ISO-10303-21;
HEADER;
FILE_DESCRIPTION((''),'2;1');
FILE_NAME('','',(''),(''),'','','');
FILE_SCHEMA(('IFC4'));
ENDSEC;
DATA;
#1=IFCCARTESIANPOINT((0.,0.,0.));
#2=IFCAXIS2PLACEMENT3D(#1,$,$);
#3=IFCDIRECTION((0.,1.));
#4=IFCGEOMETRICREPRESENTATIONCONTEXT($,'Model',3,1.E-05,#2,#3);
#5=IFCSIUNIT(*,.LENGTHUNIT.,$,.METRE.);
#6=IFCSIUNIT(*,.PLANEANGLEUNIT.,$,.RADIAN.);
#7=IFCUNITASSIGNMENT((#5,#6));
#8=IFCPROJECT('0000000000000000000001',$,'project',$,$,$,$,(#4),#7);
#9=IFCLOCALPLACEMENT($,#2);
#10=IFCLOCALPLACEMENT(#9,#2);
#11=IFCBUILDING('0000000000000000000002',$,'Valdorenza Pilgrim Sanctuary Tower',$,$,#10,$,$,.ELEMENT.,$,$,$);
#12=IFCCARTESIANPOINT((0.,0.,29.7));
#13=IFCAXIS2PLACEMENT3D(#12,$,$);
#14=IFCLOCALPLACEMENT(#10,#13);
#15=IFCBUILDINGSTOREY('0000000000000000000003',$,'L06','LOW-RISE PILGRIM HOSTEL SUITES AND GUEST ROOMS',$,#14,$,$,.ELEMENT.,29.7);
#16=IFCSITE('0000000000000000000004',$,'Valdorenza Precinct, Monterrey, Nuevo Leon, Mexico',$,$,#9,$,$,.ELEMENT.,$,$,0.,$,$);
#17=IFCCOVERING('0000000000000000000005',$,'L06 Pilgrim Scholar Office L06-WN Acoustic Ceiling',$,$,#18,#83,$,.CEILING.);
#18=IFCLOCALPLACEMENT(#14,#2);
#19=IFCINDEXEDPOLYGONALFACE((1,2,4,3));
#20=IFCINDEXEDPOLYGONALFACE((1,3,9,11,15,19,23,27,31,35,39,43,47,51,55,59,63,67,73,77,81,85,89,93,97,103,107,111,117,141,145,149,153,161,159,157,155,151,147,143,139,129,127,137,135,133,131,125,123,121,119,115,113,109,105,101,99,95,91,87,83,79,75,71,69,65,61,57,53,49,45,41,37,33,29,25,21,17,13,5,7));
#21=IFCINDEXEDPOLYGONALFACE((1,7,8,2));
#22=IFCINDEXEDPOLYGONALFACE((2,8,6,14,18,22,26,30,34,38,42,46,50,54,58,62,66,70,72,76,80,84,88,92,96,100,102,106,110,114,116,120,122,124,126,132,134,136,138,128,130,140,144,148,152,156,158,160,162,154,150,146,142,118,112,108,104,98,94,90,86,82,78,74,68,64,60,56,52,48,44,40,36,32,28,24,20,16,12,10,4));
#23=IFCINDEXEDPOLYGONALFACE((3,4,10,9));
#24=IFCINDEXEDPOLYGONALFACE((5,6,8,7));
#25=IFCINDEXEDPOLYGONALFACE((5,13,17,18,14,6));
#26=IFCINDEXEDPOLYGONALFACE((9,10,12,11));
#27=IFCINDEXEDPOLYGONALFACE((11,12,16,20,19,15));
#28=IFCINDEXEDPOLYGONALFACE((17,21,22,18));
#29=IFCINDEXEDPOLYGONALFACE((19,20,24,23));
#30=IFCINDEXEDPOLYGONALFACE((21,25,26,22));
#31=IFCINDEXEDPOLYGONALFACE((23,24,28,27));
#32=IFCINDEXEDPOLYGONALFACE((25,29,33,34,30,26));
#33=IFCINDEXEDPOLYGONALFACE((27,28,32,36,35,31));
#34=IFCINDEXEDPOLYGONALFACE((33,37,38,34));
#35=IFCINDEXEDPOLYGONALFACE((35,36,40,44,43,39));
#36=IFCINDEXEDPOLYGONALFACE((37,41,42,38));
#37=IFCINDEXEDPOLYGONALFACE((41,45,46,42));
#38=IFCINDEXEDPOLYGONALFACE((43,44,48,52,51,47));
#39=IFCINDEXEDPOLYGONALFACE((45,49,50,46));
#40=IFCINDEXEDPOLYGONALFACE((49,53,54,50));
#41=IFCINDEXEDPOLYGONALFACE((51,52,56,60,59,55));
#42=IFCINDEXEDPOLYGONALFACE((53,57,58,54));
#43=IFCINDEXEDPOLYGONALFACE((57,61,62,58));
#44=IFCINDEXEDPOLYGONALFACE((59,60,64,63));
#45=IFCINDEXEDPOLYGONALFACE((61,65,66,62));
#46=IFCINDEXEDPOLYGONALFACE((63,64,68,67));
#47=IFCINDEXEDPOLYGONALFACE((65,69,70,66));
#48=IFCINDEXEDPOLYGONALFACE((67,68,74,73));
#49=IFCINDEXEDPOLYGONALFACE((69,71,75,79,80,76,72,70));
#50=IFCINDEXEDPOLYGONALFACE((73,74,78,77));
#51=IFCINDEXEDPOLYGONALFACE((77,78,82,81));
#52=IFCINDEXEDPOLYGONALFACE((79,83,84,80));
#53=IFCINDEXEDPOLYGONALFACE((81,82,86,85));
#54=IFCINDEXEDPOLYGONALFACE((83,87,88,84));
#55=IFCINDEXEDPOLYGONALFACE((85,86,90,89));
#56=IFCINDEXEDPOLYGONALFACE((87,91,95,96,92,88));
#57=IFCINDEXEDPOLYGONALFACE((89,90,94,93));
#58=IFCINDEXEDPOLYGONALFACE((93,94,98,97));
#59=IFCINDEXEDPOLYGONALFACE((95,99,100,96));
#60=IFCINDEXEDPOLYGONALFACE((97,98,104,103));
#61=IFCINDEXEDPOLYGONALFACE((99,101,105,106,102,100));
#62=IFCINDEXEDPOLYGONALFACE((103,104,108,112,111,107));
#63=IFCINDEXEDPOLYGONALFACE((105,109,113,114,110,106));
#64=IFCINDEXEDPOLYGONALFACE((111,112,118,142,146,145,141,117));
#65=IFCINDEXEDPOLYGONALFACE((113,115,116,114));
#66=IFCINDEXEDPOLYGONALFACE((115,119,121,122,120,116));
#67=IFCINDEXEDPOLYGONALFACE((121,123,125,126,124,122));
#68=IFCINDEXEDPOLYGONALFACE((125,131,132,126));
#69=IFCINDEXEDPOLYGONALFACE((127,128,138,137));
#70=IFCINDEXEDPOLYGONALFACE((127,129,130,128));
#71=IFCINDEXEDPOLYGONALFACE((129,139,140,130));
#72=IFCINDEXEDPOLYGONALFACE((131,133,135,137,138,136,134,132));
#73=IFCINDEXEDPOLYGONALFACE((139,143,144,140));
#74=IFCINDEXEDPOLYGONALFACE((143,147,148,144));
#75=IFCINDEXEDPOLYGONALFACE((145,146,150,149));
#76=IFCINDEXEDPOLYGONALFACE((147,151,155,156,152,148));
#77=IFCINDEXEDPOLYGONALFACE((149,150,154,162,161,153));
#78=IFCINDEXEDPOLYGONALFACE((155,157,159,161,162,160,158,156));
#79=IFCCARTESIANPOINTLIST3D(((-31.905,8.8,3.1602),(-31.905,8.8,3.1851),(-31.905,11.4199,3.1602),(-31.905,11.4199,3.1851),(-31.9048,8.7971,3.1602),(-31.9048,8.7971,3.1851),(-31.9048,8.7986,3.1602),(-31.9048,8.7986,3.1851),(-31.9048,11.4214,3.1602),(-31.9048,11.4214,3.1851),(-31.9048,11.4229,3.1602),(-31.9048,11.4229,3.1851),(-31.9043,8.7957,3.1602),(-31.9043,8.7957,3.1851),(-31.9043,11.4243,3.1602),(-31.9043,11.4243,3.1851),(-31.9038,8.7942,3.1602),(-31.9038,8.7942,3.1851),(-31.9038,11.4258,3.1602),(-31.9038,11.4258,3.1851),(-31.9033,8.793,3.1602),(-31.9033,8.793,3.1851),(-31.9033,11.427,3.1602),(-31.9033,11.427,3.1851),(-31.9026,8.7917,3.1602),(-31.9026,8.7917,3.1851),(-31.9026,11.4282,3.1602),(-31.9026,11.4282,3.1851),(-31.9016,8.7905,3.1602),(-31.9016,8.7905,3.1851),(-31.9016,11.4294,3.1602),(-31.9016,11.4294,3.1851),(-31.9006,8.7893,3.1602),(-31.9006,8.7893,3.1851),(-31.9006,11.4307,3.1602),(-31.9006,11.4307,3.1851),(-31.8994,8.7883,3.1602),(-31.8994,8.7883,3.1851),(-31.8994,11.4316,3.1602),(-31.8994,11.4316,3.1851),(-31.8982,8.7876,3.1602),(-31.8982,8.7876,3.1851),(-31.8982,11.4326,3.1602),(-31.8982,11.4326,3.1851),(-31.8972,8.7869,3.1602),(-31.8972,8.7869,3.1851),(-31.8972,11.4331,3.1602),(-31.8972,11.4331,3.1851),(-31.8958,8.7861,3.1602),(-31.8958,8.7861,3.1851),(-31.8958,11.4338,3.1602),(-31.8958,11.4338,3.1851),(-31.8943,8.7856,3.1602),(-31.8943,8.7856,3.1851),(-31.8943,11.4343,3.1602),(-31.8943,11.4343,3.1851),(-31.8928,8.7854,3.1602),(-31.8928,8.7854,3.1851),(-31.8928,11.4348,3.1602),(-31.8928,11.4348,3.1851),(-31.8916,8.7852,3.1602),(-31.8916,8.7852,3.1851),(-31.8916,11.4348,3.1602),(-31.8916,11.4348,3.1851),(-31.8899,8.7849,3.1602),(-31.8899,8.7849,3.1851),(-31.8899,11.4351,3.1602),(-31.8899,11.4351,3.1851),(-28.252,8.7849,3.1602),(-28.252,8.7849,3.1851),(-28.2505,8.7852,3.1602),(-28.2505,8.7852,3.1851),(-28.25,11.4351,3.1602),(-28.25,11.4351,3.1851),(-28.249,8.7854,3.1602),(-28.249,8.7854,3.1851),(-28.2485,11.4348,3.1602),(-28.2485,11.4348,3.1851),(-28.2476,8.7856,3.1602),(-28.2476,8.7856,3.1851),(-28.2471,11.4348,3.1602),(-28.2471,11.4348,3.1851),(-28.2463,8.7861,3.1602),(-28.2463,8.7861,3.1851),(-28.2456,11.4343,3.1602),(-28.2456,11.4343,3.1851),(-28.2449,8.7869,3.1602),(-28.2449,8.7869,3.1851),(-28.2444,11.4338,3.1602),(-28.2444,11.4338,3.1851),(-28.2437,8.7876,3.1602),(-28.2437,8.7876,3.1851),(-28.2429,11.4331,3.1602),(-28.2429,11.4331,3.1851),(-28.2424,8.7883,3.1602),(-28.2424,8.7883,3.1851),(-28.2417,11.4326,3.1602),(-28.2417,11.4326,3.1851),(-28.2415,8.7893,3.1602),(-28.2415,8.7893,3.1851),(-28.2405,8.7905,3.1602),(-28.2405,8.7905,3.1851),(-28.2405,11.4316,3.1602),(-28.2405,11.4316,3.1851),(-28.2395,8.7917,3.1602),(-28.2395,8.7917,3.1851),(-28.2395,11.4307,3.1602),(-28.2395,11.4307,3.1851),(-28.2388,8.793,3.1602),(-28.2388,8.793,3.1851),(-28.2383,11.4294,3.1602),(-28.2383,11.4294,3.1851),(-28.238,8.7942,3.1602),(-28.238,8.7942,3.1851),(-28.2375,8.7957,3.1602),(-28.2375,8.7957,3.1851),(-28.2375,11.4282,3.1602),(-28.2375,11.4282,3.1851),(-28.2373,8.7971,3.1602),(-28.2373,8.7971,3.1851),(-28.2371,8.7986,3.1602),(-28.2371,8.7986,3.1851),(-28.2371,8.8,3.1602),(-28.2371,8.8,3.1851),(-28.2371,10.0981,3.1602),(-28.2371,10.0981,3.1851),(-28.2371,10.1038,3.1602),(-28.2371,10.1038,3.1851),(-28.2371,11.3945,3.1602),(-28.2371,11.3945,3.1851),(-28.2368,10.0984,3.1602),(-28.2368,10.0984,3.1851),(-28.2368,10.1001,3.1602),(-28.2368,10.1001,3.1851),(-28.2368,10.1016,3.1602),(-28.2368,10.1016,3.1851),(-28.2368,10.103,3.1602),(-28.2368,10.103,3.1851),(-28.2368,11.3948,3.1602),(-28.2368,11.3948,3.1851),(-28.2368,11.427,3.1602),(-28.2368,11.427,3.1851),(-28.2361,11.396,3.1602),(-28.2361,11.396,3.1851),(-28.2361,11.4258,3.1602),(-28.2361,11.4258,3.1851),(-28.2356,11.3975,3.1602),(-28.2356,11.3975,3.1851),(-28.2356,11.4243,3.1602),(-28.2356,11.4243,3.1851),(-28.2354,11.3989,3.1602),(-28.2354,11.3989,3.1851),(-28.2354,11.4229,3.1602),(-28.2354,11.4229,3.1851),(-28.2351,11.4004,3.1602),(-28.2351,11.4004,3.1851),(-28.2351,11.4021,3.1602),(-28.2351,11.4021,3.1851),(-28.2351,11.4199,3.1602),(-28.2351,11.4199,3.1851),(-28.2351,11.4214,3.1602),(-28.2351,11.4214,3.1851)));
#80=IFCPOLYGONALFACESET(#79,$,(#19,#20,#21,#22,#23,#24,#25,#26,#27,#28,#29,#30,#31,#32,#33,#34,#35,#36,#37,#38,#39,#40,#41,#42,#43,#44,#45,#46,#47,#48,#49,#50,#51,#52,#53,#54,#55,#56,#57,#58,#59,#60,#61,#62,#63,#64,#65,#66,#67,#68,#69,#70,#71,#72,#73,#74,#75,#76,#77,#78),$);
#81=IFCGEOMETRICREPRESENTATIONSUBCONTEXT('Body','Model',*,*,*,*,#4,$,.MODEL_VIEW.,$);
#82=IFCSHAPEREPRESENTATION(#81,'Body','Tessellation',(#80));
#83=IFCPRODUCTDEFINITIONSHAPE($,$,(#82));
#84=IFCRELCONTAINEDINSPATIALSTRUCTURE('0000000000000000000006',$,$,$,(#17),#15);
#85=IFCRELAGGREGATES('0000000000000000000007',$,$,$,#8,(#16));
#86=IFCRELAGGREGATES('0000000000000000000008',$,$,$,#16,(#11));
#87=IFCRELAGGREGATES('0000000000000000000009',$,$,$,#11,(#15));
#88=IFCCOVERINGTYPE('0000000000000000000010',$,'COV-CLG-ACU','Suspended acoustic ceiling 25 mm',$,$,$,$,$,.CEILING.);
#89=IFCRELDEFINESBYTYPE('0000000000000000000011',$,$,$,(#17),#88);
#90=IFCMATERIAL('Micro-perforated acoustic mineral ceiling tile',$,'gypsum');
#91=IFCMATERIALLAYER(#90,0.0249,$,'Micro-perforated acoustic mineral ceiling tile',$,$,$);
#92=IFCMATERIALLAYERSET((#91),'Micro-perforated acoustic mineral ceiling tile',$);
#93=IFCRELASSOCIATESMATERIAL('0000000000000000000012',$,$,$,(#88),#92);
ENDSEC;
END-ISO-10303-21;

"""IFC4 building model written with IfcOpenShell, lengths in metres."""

from ifc_helpers import new_model, si_unit, direction, frame, origin, place, context, subcontext, project, spatial, polyline, outline, extrude, material, layer, layer_set, type_object, element, save


model = new_model("IFC4")

# Units and contexts
model_context = context("Model", 3, precision=1e-05, world=origin(), true_north=direction((0.0, 1.0)))
body_context = subcontext(model_context, "Body", "Model", "MODEL_VIEW")
ifc_project = project(units=[si_unit("LENGTHUNIT", "METRE"), si_unit("PLANEANGLEUNIT", "RADIAN")], contexts=[model_context])

# Site, building, storey
site_placement = place(None, origin())
site = spatial("IfcSite", under=ifc_project, at=site_placement, Name="Valdorenza Precinct, Monterrey, Nuevo Leon, Mexico", CompositionType="ELEMENT", RefElevation=0.0)
building_placement = place(site_placement, origin())
building = spatial("IfcBuilding", under=site, at=building_placement, Name="Valdorenza Pilgrim Sanctuary Tower", CompositionType="ELEMENT")
storey_placement = place(building_placement, frame((0.0, 0.0, 29.7)))
storey = spatial("IfcBuildingStorey", under=building, at=storey_placement, Name="L06", Description="LOW-RISE PILGRIM HOSTEL SUITES AND GUEST ROOMS", CompositionType="ELEMENT", Elevation=29.7)

# Covering
ifc_material_1 = material(Name="Micro-perforated acoustic mineral ceiling tile", Category="gypsum")
ifc_layer_1 = layer(ifc_material_1, 0.0249, Name="Micro-perforated acoustic mineral ceiling tile")
ifc_layer_set_1 = layer_set([ifc_layer_1], Name="Micro-perforated acoustic mineral ceiling tile")
covering_type_1 = type_object("IfcCoveringType", Name="COV-CLG-ACU", Description="Suspended acoustic ceiling 25 mm", PredefinedType="CEILING", material=ifc_layer_set_1)
covering_1_placement = place(storey_placement, frame((0.0, 0.0, 3.1602)))
element("IfcCovering", 1, at=covering_1_placement, inside=storey, type_object=covering_type_1, Name="L06 Pilgrim Scholar Office L06-WN Acoustic Ceiling", PredefinedType="CEILING", context=body_context, shape_type="SweptSolid", body=[
    extrude(outline(polyline([(-28.2371, 11.3945), (-28.2371, 10.1038), (-28.2368, 10.103), (-28.2368, 10.1016), (-28.2368, 10.1001), (-28.2368, 10.0984), (-28.2371, 10.0981), (-28.2371, 8.8), (-28.2371, 8.7986), (-28.2373, 8.7971), (-28.2375, 8.7957), (-28.238, 8.7942), (-28.2388, 8.793), (-28.2395, 8.7917), (-28.2405, 8.7905), (-28.2415, 8.7893), (-28.2424, 8.7883), (-28.2437, 8.7876), (-28.2449, 8.7869), (-28.2463, 8.7861), (-28.2476, 8.7856), (-28.249, 8.7854), (-28.2505, 8.7852), (-28.252, 8.7849), (-31.8899, 8.7849), (-31.8916, 8.7852), (-31.8928, 8.7854), (-31.8943, 8.7856), (-31.8958, 8.7861), (-31.8972, 8.7869), (-31.8982, 8.7876), (-31.8994, 8.7883), (-31.9006, 8.7893), (-31.9016, 8.7905), (-31.9026, 8.7917), (-31.9033, 8.793), (-31.9038, 8.7942), (-31.9043, 8.7957), (-31.9048, 8.7971), (-31.9048, 8.7986), (-31.905, 8.8), (-31.905, 11.4199), (-31.9048, 11.4214), (-31.9048, 11.4229), (-31.9043, 11.4243), (-31.9038, 11.4258), (-31.9033, 11.427), (-31.9026, 11.4282), (-31.9016, 11.4294), (-31.9006, 11.4307), (-31.8994, 11.4316), (-31.8982, 11.4326), (-31.8972, 11.4331), (-31.8958, 11.4338), (-31.8943, 11.4343), (-31.8928, 11.4348), (-31.8916, 11.4348), (-31.8899, 11.4351), (-28.25, 11.4351), (-28.2485, 11.4348), (-28.2471, 11.4348), (-28.2456, 11.4343), (-28.2444, 11.4338), (-28.2429, 11.4331), (-28.2417, 11.4326), (-28.2405, 11.4316), (-28.2395, 11.4307), (-28.2383, 11.4294), (-28.2375, 11.4282), (-28.2368, 11.427), (-28.2361, 11.4258), (-28.2356, 11.4243), (-28.2354, 11.4229), (-28.2351, 11.4214), (-28.2351, 11.4199), (-28.2351, 11.4021), (-28.2351, 11.4004), (-28.2354, 11.3989), (-28.2356, 11.3975), (-28.2361, 11.396), (-28.2368, 11.3948), (-28.2371, 11.3945)])), origin(), (0.0, 0.0, 1.0), 0.0249),
])

save(model, "model.ifc")
